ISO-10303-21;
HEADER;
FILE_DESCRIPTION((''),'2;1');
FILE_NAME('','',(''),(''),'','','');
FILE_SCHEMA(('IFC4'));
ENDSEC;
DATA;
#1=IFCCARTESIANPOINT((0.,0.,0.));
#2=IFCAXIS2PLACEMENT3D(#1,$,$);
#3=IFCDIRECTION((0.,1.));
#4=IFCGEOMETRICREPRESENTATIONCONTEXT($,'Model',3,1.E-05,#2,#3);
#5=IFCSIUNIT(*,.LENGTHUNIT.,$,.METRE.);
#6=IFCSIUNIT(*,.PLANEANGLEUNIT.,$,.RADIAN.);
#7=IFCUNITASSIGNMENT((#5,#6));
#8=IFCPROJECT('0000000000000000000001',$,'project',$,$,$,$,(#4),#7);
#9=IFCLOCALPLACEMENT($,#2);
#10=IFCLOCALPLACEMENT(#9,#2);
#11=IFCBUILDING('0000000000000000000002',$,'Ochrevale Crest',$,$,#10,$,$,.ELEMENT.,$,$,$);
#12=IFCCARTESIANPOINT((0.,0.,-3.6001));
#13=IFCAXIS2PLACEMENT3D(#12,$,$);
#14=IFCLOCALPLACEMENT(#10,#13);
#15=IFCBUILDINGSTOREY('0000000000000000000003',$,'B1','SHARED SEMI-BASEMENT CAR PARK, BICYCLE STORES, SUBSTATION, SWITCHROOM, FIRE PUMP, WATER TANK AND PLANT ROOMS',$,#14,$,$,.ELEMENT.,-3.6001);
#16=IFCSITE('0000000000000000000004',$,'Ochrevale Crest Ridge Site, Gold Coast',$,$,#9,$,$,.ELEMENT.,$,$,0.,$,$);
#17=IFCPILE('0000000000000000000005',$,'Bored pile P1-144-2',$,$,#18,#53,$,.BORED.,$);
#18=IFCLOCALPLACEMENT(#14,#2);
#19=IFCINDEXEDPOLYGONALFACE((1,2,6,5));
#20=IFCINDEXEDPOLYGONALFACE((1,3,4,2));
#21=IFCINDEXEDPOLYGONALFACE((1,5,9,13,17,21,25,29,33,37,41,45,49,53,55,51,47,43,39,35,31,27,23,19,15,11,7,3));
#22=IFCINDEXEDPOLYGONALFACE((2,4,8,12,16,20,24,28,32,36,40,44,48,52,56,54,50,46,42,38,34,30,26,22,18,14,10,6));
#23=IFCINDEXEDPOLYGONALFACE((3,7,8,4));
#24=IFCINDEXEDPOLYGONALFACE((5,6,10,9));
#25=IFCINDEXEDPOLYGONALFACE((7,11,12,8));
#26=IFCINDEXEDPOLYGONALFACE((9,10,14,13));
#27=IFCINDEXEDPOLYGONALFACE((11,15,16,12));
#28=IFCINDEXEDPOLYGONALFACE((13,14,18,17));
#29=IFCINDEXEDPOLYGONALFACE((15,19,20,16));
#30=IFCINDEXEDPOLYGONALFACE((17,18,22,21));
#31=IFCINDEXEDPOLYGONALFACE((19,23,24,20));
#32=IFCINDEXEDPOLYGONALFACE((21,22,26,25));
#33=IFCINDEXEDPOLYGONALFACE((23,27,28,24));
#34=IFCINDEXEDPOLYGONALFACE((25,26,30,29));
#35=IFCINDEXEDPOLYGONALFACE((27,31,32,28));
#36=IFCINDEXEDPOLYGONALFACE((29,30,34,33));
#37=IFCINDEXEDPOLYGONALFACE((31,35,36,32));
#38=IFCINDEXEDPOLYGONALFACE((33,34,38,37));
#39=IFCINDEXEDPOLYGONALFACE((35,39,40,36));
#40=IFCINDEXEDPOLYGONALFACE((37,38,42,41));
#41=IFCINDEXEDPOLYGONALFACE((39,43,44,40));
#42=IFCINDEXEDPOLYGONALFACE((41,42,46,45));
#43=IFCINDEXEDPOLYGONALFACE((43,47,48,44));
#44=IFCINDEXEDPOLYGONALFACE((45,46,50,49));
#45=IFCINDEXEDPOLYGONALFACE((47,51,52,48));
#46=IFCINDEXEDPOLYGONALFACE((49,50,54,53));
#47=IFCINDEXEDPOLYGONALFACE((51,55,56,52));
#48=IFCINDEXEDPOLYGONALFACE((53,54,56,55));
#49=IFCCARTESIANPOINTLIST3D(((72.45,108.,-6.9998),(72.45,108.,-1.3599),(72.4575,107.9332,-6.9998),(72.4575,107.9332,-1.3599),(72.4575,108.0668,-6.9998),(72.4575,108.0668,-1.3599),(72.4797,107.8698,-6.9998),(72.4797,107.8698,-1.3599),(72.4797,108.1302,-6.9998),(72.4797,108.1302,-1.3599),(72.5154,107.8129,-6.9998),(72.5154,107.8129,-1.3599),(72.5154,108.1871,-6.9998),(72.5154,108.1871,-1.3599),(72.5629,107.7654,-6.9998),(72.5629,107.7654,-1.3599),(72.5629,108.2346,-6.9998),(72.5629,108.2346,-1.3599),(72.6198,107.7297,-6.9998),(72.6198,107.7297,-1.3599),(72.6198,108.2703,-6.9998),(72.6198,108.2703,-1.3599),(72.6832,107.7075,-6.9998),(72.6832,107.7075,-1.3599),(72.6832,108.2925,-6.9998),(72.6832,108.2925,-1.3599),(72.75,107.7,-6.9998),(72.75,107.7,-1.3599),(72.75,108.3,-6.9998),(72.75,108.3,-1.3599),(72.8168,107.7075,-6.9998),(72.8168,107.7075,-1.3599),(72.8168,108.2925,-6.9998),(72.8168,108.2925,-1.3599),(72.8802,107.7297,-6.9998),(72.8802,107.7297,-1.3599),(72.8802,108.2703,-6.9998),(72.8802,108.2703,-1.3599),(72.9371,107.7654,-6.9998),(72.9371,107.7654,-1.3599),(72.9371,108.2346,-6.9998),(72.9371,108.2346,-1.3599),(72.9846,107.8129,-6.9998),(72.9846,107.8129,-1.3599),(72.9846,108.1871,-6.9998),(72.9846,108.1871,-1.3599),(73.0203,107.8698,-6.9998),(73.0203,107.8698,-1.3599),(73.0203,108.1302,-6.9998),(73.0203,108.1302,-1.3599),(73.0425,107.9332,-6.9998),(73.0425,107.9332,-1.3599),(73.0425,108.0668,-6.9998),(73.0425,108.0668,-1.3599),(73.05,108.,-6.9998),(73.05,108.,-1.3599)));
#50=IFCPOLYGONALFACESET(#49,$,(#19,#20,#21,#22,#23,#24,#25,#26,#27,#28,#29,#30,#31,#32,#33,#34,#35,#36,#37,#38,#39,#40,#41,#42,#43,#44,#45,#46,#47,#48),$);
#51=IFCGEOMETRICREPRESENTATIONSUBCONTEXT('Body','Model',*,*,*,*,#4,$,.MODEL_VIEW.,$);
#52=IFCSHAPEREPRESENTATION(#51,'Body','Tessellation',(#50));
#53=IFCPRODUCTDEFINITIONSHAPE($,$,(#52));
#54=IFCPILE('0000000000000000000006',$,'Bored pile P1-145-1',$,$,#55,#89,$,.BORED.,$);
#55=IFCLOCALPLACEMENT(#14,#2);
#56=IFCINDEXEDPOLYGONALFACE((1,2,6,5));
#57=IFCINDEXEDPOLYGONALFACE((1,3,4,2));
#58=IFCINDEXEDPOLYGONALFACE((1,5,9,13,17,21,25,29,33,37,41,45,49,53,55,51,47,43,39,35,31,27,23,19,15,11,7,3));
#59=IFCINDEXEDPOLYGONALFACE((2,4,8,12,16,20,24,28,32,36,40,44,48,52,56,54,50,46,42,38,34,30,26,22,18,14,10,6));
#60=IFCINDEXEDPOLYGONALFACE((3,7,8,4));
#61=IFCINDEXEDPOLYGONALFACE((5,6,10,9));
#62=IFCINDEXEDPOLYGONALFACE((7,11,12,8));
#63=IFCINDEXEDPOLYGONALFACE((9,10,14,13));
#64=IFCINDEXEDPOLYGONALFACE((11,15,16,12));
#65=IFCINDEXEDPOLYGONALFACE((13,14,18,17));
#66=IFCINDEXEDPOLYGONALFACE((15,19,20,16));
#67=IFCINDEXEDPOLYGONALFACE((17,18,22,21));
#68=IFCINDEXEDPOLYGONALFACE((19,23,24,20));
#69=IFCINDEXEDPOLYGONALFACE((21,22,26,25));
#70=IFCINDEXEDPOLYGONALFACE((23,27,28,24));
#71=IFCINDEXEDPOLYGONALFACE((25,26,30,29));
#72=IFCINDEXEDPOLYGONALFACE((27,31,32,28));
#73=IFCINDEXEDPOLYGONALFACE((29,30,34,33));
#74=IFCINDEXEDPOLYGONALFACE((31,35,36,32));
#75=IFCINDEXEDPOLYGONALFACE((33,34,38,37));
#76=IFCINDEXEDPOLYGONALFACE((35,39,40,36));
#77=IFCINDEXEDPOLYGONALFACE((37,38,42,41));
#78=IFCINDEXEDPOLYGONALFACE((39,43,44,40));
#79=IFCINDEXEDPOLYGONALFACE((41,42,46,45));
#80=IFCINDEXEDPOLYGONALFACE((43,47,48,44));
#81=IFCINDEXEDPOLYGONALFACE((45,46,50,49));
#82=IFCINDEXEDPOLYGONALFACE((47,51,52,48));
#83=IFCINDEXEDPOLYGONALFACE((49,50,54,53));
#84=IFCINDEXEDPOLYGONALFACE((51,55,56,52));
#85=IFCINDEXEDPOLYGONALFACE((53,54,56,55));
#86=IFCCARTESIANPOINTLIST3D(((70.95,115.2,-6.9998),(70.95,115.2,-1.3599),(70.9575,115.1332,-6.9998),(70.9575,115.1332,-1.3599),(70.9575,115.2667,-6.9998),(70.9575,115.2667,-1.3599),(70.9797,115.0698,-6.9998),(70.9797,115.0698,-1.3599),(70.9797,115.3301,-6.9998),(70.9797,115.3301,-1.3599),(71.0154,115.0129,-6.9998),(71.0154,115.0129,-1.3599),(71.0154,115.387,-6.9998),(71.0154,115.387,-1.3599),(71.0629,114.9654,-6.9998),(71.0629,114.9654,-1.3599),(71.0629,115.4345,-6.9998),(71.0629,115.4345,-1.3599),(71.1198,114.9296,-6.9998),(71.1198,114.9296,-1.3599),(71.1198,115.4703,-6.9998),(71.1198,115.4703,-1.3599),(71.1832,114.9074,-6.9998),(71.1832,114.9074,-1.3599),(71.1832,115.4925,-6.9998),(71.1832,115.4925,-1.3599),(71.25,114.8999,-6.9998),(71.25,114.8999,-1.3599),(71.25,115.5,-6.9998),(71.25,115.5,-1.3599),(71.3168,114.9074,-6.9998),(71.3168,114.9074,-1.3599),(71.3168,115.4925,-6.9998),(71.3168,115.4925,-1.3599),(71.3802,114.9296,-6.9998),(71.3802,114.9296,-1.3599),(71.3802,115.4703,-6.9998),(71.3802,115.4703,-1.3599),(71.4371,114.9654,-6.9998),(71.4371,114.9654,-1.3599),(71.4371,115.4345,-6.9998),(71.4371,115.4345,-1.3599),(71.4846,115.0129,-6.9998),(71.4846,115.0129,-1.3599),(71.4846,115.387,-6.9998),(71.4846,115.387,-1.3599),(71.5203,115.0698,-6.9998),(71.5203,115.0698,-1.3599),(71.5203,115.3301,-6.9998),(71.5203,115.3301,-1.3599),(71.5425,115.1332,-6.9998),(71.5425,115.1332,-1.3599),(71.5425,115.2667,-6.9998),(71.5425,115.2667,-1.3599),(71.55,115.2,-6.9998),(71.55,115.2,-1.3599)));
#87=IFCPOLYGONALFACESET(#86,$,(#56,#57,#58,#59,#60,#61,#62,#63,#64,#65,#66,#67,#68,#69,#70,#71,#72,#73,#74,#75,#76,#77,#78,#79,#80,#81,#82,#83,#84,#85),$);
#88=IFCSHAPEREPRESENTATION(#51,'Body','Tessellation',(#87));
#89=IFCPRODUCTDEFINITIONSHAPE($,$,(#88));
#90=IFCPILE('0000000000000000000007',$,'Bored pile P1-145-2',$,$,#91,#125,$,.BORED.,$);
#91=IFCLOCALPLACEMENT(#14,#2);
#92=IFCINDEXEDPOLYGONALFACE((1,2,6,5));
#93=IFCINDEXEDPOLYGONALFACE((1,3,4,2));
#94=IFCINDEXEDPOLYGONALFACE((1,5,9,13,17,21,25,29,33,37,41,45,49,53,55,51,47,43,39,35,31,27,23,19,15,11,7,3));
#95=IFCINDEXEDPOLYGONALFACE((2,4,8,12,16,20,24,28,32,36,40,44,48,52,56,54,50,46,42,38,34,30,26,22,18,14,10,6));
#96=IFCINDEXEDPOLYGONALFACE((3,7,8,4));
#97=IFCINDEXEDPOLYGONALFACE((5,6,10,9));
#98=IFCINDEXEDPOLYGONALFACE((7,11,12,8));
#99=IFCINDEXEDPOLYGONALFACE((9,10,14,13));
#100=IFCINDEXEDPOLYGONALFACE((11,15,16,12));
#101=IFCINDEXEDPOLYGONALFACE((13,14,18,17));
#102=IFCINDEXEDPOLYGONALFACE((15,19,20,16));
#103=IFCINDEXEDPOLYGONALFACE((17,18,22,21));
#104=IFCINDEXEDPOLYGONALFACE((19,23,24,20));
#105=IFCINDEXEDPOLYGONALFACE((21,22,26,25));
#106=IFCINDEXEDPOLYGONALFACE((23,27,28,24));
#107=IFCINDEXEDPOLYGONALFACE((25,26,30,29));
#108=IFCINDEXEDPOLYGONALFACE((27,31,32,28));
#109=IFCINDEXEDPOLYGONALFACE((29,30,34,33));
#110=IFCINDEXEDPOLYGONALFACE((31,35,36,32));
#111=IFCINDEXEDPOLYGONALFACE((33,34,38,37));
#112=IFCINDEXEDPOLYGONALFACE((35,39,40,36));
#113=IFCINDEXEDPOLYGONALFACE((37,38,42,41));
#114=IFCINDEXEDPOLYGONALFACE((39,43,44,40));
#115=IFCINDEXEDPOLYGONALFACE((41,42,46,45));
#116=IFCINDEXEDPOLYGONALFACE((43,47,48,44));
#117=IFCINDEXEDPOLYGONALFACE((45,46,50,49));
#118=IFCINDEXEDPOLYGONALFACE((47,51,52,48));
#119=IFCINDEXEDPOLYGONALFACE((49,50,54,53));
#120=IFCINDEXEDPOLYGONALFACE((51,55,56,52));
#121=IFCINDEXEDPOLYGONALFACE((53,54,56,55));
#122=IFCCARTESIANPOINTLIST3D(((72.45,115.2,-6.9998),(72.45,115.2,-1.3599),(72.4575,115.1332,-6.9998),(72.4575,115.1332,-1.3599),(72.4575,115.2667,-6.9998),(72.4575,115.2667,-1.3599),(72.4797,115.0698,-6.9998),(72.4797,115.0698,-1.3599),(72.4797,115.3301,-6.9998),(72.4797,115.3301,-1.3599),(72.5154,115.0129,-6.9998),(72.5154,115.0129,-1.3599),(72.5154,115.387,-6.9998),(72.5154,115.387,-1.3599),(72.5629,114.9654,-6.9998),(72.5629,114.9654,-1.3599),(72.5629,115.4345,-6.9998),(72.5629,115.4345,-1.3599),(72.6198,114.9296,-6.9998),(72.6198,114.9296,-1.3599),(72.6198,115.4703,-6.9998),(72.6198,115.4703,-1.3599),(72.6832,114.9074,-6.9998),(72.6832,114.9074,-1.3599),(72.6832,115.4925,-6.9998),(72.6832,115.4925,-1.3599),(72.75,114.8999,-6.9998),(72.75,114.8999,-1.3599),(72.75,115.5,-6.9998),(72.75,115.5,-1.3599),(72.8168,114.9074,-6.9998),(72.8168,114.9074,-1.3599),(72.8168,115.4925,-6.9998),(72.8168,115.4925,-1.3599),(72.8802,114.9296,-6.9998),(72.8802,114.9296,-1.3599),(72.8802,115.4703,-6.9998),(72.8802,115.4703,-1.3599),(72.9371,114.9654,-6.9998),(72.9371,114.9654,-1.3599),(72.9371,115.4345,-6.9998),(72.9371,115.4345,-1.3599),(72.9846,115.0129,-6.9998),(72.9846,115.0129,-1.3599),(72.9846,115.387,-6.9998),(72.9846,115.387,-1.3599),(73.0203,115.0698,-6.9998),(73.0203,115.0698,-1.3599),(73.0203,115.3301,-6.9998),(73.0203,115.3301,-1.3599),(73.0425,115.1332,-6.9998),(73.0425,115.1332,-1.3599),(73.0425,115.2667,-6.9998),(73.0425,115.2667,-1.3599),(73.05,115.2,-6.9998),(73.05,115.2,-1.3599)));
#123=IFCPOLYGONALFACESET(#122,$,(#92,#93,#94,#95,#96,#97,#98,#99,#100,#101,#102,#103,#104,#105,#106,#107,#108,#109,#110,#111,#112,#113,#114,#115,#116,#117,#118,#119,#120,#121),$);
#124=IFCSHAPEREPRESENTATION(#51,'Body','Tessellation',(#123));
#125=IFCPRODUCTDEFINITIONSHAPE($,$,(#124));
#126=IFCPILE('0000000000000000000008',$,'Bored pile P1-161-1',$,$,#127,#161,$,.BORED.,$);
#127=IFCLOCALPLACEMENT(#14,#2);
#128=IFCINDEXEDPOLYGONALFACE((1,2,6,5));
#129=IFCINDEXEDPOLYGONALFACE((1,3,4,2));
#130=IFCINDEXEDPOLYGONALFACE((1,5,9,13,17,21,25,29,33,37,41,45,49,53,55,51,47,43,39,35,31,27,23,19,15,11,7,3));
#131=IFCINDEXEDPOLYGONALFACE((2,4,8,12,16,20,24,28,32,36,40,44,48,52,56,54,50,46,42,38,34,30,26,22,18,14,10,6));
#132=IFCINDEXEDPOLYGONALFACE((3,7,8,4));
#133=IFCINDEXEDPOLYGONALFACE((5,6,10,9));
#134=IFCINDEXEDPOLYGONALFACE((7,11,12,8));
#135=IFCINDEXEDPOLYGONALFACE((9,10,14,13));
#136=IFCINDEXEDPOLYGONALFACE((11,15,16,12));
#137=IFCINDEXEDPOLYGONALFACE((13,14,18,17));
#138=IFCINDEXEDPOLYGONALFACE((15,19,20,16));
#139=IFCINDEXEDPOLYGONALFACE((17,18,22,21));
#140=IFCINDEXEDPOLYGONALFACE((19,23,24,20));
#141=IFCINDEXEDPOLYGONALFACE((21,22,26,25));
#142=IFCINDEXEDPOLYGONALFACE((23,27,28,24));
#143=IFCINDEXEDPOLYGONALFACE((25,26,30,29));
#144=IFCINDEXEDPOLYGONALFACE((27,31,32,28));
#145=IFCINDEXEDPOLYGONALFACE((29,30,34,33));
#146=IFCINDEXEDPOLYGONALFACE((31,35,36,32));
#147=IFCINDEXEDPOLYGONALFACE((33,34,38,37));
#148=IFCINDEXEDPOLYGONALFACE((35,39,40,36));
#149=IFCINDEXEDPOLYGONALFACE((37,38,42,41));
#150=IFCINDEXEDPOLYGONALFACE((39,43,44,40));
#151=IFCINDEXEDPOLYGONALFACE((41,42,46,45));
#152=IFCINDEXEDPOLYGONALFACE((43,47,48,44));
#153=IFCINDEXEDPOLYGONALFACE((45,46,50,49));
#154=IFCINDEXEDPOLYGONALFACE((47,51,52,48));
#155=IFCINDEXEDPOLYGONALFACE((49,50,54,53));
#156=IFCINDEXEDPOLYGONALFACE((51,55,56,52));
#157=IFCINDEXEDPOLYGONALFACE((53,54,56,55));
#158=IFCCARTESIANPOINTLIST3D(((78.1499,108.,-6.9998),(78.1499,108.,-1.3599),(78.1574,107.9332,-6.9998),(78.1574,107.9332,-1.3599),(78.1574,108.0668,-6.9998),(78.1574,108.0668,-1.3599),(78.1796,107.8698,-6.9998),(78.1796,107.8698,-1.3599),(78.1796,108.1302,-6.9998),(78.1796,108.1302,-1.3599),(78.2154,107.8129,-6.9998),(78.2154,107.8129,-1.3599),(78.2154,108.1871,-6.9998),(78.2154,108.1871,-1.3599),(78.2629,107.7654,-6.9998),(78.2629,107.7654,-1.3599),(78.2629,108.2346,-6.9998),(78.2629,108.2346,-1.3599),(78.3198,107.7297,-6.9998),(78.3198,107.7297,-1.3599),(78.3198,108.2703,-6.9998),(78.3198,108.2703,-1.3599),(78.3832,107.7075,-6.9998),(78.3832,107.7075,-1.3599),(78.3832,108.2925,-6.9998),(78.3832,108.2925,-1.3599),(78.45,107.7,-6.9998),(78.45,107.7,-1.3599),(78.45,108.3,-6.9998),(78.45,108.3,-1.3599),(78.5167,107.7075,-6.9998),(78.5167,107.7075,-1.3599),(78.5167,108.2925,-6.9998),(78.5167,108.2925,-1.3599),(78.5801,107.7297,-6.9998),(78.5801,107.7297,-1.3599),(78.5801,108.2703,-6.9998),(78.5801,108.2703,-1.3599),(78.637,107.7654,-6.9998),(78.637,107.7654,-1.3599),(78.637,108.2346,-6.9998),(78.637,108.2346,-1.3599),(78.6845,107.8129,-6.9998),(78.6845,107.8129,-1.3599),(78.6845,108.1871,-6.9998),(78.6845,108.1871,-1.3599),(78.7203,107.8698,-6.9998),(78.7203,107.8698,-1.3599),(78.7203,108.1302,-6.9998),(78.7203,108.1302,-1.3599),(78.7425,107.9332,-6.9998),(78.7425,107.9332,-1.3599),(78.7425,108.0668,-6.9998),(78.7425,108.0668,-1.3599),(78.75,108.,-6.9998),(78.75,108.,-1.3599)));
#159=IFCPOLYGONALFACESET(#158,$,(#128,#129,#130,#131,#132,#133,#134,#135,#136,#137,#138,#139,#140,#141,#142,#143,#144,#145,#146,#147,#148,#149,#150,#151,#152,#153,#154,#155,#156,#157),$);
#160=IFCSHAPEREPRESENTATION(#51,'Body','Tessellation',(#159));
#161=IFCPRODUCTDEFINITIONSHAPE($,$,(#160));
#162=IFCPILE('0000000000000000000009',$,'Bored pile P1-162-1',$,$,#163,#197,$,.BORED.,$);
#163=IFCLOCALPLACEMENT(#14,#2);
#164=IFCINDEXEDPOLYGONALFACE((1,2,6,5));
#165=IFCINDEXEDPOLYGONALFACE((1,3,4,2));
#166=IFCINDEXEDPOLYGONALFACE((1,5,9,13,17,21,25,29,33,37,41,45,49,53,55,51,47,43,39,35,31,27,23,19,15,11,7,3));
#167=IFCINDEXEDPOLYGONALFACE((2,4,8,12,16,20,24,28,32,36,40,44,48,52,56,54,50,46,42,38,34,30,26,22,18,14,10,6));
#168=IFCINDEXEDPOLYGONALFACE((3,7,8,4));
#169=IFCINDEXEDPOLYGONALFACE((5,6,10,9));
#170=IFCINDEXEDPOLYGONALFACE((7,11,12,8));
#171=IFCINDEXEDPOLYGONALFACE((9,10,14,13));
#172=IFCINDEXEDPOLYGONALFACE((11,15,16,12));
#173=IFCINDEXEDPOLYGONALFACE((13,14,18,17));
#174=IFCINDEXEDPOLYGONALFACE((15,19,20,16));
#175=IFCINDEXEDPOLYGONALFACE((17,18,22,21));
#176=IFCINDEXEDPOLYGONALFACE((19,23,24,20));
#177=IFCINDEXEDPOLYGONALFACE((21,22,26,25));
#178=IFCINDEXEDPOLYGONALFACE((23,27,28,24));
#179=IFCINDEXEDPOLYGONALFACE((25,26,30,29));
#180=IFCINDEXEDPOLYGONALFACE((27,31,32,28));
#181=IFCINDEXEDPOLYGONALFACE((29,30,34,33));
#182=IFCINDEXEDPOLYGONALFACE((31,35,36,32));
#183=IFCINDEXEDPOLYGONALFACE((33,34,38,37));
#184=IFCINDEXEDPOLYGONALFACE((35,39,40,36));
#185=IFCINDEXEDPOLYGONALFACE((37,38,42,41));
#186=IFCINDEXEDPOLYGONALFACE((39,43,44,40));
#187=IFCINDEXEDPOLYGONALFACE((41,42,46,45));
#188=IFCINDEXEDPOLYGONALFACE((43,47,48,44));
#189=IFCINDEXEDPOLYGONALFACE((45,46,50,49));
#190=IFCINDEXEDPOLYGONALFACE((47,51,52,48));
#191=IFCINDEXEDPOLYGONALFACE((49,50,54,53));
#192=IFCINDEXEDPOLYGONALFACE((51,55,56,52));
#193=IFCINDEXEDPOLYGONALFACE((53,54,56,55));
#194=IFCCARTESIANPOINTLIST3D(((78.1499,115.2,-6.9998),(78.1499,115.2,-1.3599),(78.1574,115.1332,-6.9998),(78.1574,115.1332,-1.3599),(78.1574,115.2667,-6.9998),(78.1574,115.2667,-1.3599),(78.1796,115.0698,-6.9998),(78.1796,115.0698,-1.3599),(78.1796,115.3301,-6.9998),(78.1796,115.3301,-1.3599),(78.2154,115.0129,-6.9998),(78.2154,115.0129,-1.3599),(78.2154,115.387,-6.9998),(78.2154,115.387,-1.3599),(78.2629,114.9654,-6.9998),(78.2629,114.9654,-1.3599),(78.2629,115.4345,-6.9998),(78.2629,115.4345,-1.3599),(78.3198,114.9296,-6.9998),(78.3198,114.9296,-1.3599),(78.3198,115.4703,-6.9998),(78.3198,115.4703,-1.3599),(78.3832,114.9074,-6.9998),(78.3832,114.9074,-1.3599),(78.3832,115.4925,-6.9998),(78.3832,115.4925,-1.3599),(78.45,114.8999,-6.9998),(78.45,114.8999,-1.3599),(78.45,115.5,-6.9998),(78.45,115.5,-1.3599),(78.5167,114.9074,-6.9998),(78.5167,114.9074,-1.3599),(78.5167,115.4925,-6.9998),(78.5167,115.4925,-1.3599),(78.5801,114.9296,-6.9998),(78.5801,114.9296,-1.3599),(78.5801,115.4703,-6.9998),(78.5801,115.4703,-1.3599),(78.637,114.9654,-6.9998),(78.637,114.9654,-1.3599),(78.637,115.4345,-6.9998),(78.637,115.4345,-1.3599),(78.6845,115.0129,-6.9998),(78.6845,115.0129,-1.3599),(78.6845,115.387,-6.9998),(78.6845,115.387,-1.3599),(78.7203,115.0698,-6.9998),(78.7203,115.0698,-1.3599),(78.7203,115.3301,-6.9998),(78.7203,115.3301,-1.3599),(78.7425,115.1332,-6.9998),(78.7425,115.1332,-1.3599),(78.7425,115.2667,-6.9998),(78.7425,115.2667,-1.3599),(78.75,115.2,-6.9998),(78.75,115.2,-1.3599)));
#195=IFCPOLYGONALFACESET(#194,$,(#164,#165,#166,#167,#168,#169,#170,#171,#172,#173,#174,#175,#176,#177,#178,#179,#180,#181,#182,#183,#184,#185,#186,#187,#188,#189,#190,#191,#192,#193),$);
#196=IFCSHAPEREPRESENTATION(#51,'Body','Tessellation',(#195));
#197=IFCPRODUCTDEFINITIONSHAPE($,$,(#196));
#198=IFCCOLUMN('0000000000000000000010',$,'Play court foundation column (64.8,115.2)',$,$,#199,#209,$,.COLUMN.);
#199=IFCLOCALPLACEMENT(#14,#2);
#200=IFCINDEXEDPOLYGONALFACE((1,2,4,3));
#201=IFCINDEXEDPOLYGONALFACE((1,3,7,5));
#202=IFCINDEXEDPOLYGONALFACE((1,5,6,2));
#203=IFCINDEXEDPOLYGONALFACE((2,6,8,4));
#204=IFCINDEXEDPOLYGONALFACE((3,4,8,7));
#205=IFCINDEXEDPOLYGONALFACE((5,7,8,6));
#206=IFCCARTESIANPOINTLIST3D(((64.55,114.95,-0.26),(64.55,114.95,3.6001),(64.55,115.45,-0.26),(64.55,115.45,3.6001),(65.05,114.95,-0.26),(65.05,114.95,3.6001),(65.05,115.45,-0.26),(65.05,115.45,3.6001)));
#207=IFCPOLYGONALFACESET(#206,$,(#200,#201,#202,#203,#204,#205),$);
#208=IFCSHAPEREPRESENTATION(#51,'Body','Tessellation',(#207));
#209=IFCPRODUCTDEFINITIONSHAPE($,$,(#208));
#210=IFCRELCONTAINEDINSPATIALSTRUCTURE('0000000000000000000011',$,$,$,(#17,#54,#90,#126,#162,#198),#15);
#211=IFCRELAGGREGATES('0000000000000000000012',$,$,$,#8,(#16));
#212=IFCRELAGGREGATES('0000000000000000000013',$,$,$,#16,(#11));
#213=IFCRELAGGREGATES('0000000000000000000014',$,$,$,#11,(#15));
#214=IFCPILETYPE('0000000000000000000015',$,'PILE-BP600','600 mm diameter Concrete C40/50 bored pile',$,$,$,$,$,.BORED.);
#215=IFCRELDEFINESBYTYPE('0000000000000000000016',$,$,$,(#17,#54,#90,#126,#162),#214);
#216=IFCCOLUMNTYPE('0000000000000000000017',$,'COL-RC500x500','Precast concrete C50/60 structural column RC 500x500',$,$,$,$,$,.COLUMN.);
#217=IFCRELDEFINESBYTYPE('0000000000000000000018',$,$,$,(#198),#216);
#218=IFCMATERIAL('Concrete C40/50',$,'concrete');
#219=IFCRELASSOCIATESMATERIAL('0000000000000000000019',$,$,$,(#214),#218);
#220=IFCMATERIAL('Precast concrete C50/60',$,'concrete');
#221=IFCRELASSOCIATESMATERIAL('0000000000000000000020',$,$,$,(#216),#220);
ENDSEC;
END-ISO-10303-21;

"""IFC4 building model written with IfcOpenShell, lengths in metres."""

from ifc_helpers import new_model, si_unit, direction, frame, origin, origin_2d, place, context, subcontext, project, spatial, rectangle, circle, extrude, material, material_profile, profile_set, type_object, element, save


model = new_model("IFC4")

# Units and contexts
model_context = context("Model", 3, precision=1e-05, world=origin(), true_north=direction((0.0, 1.0)))
body_context = subcontext(model_context, "Body", "Model", "MODEL_VIEW")
ifc_project = project(units=[si_unit("LENGTHUNIT", "METRE"), si_unit("PLANEANGLEUNIT", "RADIAN")], contexts=[model_context])

# Site, building, storey
site_placement = place(None, origin())
site = spatial("IfcSite", under=ifc_project, at=site_placement, Name="Ochrevale Crest Ridge Site, Gold Coast", CompositionType="ELEMENT", RefElevation=0.0)
building_placement = place(site_placement, origin())
building = spatial("IfcBuilding", under=site, at=building_placement, Name="Ochrevale Crest", CompositionType="ELEMENT")
storey_placement = place(building_placement, frame((0.0, 0.0, -3.6001)))
storey = spatial("IfcBuildingStorey", under=building, at=storey_placement, Name="B1", Description="SHARED SEMI-BASEMENT CAR PARK, BICYCLE STORES, SUBSTATION, SWITCHROOM, FIRE PUMP, WATER TANK AND PLANT ROOMS", CompositionType="ELEMENT", Elevation=-3.6001)

# Shared definitions
ifc_material_1 = material(Name="Concrete C40/50", Category="concrete")

# Piles
ifc_material_profile_1 = material_profile(ifc_material_1, circle(Radius=0.3, at=origin_2d()), Name="BORED PILE 600")
ifc_profile_set_1 = profile_set([ifc_material_profile_1], Name="Concrete C40/50")
pile_type = type_object("IfcPileType", Name="PILE-BP600", Description="600 mm diameter Concrete C40/50 bored pile", PredefinedType="BORED", material=ifc_profile_set_1)
for number, where, z_axis, x_axis, name in (
    (1, (72.75, 108.0, -1.3599), (0.0, 0.0, -1.0), (1.0, 0.0, 0.0), "Bored pile P1-144-2"),
    (2, (71.25, 115.2, -1.3599), (0.0, 0.0, -1.0), (1.0, 0.0, 0.0), "Bored pile P1-145-1"),
    (3, (72.75, 115.2, -1.3599), (0.0, 0.0, -1.0), (1.0, 0.0, 0.0), "Bored pile P1-145-2"),
    (4, (78.45, 108.0, -1.3599), (0.0, 0.0, -1.0), (1.0, 0.0, 0.0), "Bored pile P1-161-1"),
    (5, (78.45, 115.2, -1.3599), (0.0, 0.0, -1.0), (1.0, 0.0, 0.0), "Bored pile P1-162-1"),
):
    element("IfcPile", number, at=place(storey_placement, frame(where, z_axis=z_axis, x_axis=x_axis)), inside=storey, type_object=pile_type, Name=name, PredefinedType="BORED", context=body_context, shape_type="SweptSolid", body=[
        extrude(circle(Radius=0.3, at=origin_2d()), origin(), (0.0, 0.0, 1.0), 5.6399),
    ])

# Column
ifc_material_2 = material(Name="Precast concrete C50/60", Category="concrete")
ifc_material_profile_2 = material_profile(ifc_material_2, rectangle(XDim=0.5, YDim=0.5, at=origin_2d()), Name="RC 500x500")
ifc_profile_set_2 = profile_set([ifc_material_profile_2], Name="Precast concrete C50/60")
column_type = type_object("IfcColumnType", Name="COL-RC500x500", Description="Precast concrete C50/60 structural column RC 500x500", PredefinedType="COLUMN", material=ifc_profile_set_2)
for number, where, z_axis, x_axis, name in (
    (6, (64.8, 115.2, -0.26), (0.0, 0.0, 1.0), (1.0, 0.0, 0.0), "Play court foundation column (64.8,115.2)"),
):
    element("IfcColumn", number, at=place(storey_placement, frame(where, z_axis=z_axis, x_axis=x_axis)), inside=storey, type_object=column_type, Name=name, PredefinedType="COLUMN", context=body_context, shape_type="SweptSolid", body=[
        extrude(rectangle(XDim=0.5, YDim=0.5, at=origin_2d()), origin(), (0.0, 0.0, 1.0), 3.8601),
    ])

save(model, "model.ifc")
